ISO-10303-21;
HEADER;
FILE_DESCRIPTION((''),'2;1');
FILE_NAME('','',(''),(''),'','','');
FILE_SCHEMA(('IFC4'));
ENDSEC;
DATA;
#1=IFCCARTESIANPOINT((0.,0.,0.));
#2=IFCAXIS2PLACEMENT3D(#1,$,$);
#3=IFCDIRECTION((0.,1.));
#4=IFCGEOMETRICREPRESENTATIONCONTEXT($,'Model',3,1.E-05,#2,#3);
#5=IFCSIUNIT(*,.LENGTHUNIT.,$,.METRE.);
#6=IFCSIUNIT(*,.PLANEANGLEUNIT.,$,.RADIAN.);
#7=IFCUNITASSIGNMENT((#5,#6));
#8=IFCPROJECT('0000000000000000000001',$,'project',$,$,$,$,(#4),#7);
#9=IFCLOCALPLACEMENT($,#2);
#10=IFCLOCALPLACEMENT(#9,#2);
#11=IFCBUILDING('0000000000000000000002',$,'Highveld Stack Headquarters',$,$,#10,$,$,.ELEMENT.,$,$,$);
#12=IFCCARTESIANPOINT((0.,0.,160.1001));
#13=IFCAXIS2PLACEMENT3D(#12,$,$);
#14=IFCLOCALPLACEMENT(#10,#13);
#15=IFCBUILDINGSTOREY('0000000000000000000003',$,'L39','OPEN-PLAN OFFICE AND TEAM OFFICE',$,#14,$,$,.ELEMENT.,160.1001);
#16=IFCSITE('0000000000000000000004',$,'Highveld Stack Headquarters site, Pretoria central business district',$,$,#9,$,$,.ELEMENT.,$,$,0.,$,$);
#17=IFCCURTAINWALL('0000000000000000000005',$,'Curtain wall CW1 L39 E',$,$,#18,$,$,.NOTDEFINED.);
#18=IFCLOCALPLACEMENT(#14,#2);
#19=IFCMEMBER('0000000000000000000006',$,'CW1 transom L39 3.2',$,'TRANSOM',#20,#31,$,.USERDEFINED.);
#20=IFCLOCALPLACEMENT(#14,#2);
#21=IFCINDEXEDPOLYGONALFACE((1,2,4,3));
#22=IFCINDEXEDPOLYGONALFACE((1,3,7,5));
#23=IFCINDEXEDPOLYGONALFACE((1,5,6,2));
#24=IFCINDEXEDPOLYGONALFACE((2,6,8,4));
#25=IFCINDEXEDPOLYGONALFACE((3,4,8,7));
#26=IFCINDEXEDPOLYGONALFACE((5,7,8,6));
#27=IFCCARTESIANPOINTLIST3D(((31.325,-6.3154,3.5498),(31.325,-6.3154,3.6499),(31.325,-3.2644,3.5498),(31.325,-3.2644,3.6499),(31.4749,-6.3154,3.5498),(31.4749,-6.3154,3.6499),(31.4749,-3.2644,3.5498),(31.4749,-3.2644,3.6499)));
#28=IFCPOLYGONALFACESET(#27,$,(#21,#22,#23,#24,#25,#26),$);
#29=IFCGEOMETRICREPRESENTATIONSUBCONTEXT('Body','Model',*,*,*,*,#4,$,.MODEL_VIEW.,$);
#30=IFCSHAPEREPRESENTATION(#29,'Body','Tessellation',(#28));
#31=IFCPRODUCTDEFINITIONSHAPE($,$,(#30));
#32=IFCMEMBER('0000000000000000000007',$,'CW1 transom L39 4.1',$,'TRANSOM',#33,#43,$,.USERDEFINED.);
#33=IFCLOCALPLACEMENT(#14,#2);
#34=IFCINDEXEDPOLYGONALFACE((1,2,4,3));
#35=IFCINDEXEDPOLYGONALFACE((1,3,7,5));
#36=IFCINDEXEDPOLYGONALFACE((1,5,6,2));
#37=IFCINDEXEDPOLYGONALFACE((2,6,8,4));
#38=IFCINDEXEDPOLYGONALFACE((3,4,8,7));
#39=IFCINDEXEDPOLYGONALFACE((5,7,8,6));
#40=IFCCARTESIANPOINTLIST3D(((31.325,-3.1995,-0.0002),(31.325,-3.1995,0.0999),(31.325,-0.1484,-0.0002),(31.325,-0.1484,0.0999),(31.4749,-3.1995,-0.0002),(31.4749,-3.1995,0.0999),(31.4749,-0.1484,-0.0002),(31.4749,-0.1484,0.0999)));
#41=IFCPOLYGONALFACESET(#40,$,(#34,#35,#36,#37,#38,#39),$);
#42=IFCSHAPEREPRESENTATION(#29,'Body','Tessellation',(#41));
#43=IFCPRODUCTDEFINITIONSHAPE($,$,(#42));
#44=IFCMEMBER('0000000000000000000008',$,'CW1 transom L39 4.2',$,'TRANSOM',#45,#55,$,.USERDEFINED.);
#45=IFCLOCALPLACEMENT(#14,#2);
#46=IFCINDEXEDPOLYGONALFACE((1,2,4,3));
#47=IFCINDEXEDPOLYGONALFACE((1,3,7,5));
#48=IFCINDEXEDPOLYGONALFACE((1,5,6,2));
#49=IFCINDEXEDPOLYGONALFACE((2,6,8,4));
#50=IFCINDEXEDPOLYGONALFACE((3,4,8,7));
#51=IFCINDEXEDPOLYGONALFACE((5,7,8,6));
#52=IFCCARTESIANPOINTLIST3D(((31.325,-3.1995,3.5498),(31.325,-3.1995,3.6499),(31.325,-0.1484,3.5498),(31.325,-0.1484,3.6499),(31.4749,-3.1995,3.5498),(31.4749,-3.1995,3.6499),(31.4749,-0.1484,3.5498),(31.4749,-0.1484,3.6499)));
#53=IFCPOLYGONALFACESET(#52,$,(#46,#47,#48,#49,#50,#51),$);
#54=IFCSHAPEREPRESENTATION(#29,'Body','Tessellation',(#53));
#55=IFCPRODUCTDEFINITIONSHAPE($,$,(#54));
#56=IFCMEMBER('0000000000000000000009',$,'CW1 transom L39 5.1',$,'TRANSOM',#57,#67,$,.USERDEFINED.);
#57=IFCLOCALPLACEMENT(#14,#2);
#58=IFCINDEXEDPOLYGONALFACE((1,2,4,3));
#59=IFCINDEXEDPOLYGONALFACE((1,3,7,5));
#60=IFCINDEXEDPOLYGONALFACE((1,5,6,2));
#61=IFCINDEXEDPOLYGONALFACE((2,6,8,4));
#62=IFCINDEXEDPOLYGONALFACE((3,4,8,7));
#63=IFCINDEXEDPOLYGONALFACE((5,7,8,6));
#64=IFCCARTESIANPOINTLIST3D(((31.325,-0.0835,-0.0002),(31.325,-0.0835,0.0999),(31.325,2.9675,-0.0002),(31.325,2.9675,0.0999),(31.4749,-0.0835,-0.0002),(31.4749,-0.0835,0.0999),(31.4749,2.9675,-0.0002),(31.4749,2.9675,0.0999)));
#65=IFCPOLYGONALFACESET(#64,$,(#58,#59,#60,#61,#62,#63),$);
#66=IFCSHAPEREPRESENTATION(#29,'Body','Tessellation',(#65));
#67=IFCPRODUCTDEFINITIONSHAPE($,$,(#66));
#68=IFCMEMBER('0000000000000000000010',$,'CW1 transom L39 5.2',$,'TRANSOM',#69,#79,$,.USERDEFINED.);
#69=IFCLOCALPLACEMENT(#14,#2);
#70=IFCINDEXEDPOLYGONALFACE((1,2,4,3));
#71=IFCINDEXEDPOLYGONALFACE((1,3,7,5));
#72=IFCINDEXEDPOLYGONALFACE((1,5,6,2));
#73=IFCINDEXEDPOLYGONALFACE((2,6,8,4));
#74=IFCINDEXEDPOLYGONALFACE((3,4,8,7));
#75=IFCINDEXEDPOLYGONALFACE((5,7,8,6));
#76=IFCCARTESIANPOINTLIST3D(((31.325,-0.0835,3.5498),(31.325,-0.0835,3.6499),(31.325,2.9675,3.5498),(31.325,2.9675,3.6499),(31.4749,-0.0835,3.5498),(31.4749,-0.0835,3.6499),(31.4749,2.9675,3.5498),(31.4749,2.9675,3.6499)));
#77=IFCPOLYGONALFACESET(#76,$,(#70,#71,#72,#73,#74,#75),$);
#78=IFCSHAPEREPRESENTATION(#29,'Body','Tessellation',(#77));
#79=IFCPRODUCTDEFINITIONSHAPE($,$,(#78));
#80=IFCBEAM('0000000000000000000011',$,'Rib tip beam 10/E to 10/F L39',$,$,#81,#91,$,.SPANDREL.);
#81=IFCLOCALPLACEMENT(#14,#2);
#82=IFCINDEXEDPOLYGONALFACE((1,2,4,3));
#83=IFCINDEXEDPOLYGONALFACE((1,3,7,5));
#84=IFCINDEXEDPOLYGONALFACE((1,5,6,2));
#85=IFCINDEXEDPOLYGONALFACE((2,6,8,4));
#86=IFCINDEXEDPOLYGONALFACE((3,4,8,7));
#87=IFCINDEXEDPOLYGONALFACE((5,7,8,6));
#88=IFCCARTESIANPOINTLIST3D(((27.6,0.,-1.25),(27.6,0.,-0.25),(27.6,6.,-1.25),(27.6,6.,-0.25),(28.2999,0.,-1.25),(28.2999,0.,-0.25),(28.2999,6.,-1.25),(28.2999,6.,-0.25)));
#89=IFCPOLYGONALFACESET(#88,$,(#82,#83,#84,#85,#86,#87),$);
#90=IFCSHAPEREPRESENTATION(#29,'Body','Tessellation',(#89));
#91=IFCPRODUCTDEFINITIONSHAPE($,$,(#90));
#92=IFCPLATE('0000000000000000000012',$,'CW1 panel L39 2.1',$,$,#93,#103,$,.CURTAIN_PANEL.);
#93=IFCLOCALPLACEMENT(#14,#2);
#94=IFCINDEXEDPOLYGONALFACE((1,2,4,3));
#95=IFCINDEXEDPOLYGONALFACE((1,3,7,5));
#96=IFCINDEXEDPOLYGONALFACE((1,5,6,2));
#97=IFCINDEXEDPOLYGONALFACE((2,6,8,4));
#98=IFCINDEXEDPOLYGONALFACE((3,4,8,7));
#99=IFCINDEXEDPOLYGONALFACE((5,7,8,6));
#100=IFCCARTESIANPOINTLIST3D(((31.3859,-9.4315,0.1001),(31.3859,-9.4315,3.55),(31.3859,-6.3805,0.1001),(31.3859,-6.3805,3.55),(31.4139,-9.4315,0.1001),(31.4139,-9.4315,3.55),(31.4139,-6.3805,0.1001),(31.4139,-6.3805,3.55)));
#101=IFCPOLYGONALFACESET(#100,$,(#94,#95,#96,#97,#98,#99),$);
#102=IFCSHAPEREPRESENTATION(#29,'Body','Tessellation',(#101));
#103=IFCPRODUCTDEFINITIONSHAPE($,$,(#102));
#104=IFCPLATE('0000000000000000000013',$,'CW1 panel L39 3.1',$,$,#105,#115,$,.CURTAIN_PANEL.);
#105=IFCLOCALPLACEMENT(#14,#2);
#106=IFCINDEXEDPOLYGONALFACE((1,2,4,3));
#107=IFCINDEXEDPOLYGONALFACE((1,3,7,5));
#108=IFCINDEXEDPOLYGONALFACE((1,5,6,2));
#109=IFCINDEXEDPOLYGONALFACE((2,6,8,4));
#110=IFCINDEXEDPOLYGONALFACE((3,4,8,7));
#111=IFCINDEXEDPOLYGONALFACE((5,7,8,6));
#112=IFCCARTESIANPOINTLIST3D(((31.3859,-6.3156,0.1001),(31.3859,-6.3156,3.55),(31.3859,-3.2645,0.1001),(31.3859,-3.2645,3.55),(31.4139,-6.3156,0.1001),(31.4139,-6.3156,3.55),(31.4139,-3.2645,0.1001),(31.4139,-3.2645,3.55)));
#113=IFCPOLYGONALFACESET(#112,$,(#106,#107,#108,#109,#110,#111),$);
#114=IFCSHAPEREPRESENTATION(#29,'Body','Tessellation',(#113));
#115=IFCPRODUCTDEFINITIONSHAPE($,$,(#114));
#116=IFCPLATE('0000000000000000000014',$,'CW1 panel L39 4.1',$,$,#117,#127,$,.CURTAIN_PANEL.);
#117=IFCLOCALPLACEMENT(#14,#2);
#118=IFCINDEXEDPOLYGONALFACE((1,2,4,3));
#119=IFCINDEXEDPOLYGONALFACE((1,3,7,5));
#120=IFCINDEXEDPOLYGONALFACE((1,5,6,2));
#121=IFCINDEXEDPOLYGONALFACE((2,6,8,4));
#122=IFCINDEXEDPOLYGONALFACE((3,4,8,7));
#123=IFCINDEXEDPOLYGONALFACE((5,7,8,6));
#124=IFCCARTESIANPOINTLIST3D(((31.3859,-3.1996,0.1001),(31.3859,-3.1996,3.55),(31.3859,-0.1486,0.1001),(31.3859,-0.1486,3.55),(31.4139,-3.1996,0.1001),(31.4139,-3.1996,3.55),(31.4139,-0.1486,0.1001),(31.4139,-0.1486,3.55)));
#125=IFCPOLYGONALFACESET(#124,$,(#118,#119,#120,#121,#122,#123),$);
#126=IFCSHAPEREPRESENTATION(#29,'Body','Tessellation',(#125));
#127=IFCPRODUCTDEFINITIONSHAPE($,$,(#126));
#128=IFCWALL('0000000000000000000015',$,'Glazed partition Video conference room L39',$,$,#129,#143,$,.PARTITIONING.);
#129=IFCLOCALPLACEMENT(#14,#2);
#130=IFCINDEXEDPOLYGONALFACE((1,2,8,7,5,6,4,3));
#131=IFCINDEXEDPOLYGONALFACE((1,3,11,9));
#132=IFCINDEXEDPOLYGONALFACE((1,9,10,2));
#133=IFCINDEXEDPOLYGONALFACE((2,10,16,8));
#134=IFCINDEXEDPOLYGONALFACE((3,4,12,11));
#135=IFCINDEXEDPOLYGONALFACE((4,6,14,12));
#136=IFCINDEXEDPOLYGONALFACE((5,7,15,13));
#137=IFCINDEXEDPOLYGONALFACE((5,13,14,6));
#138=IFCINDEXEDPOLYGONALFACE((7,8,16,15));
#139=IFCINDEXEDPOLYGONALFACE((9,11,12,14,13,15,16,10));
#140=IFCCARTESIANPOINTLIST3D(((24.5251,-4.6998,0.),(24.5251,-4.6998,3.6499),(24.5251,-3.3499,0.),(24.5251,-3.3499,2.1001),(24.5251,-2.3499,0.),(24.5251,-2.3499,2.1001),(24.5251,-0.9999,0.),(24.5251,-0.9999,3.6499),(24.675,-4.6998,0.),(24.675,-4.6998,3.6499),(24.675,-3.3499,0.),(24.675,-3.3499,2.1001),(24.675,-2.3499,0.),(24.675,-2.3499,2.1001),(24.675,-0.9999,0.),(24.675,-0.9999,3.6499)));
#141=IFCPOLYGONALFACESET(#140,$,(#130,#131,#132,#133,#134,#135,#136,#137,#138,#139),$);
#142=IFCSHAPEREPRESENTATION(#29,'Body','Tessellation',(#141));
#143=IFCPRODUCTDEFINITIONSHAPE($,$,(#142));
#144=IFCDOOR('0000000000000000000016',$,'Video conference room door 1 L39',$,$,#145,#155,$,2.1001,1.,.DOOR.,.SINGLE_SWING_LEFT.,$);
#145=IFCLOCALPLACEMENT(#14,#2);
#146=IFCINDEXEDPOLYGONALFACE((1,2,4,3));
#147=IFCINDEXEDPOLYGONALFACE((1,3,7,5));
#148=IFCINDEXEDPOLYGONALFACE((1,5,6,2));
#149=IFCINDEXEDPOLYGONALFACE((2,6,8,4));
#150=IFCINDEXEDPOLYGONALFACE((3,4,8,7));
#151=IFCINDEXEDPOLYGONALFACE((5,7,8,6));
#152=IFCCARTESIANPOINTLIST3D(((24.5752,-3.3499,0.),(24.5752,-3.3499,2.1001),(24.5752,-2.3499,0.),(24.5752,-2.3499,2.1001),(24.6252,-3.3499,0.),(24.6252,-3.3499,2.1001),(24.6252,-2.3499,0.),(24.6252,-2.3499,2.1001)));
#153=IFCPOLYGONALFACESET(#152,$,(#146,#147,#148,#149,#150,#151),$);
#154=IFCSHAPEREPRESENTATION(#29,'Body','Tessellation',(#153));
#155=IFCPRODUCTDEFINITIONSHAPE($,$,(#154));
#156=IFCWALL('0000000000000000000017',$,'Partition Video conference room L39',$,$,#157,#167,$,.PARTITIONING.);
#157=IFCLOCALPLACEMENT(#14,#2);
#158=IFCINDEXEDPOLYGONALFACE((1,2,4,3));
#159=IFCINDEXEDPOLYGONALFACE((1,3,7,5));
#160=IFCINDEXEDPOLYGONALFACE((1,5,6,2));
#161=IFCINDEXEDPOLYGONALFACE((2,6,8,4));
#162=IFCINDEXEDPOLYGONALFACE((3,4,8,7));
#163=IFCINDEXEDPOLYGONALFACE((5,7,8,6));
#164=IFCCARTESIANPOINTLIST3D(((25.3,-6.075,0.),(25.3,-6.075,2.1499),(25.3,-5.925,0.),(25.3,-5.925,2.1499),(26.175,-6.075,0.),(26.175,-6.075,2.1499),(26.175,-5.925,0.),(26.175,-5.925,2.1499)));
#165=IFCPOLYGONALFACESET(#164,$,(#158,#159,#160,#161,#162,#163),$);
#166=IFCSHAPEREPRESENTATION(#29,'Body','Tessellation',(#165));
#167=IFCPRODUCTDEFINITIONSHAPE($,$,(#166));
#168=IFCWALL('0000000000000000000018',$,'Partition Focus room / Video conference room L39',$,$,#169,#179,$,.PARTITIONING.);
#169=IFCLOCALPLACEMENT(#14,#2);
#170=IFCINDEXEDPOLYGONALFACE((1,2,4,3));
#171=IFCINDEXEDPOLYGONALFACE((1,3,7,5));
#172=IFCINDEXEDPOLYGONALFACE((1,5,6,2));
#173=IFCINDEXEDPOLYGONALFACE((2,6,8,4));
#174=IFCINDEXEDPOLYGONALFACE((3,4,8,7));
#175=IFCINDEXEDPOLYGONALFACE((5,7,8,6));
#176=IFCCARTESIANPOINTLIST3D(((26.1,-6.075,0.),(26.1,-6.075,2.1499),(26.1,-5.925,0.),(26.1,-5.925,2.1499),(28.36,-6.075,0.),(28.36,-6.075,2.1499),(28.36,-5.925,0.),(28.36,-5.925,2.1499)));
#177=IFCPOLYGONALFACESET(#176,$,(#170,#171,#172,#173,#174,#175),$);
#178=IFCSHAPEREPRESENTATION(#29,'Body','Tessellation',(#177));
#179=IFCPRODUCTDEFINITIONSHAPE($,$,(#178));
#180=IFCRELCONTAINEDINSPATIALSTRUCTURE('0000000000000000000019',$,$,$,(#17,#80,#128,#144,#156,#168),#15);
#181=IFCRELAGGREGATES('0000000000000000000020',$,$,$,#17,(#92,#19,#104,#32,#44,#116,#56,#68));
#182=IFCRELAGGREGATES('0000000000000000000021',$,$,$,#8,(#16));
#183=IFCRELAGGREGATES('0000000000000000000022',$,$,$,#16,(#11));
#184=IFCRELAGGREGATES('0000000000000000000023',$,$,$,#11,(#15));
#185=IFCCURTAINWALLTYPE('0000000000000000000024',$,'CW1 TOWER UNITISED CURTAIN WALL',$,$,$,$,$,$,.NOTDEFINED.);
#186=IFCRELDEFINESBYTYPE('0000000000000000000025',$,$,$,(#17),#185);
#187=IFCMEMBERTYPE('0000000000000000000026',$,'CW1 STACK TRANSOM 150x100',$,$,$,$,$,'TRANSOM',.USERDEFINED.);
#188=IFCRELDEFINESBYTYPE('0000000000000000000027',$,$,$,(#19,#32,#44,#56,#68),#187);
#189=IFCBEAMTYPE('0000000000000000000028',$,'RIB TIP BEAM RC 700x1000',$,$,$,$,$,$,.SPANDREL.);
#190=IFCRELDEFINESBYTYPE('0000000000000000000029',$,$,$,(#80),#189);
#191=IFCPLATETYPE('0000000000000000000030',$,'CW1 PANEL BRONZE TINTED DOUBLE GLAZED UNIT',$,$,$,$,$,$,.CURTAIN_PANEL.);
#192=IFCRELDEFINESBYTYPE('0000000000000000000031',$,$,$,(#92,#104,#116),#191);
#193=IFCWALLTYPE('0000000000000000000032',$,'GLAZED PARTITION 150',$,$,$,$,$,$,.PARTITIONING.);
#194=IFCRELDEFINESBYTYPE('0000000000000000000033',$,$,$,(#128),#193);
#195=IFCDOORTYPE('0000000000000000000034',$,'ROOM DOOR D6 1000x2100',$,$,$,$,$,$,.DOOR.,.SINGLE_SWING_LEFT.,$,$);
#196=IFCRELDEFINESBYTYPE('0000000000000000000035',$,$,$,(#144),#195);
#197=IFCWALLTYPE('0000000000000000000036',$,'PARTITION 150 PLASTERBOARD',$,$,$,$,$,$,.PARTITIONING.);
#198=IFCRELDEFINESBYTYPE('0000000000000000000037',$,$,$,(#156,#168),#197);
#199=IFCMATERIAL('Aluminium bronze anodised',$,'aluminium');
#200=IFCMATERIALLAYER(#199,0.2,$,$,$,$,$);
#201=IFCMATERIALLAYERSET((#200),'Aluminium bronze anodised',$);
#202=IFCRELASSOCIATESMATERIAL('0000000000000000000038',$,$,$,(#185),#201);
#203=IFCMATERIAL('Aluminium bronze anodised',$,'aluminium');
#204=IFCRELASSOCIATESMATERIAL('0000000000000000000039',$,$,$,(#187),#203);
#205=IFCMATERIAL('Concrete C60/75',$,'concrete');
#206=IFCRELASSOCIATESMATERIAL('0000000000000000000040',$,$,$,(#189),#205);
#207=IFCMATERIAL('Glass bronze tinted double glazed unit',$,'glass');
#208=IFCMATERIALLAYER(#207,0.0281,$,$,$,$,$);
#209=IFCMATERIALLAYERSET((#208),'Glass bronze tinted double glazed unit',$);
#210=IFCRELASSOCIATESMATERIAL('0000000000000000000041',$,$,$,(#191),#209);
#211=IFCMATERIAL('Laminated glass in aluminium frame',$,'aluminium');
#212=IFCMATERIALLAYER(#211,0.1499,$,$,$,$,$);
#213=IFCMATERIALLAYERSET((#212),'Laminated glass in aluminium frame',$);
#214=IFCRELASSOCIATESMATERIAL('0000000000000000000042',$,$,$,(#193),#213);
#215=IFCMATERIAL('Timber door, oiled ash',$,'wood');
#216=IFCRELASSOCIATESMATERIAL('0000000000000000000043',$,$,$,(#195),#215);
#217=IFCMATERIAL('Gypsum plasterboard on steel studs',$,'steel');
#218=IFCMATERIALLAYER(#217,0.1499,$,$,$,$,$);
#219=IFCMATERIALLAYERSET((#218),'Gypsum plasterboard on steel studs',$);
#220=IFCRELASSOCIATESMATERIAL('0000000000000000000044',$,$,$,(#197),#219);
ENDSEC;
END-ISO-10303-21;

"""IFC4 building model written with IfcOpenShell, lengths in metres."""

from ifc_helpers import new_model, si_unit, direction, frame, frame_2d, origin, origin_2d, place, context, subcontext, project, spatial, rectangle, extrude, material, layer, layer_set, material_profile, profile_set, type_object, element, fill, aggregate, save


model = new_model("IFC4")

# Units and contexts
model_context = context("Model", 3, precision=1e-05, world=origin(), true_north=direction((0.0, 1.0)))
body_context = subcontext(model_context, "Body", "Model", "MODEL_VIEW")
ifc_project = project(units=[si_unit("LENGTHUNIT", "METRE"), si_unit("PLANEANGLEUNIT", "RADIAN")], contexts=[model_context])

# Site, building, storey
site_placement = place(None, origin())
site = spatial("IfcSite", under=ifc_project, at=site_placement, Name="Highveld Stack Headquarters site, Pretoria central business district", CompositionType="ELEMENT", RefElevation=0.0)
building_placement = place(site_placement, origin())
building = spatial("IfcBuilding", under=site, at=building_placement, Name="Highveld Stack Headquarters", CompositionType="ELEMENT")
storey_placement = place(building_placement, frame((0.0, 0.0, 160.1001)))
storey = spatial("IfcBuildingStorey", under=building, at=storey_placement, Name="L39", Description="OPEN-PLAN OFFICE AND TEAM OFFICE", CompositionType="ELEMENT", Elevation=160.1001)

# Curtain wall, members
ifc_material_1 = material(Name="Aluminium bronze anodised", Category="aluminium")
ifc_layer_1 = layer(ifc_material_1, 0.2)
ifc_layer_set_1 = layer_set([ifc_layer_1], Name="Aluminium bronze anodised")
curtain_wall_type = type_object("IfcCurtainWallType", Name="CW1 TOWER UNITISED CURTAIN WALL", PredefinedType="NOTDEFINED", material=ifc_layer_set_1)
curtain_wall_placement = place(storey_placement, origin())
curtain_wall = element("IfcCurtainWall", 1, at=curtain_wall_placement, inside=storey, type_object=curtain_wall_type, Name="Curtain wall CW1 L39 E", PredefinedType="NOTDEFINED")
ifc_material_2 = material(Name="Aluminium bronze anodised", Category="aluminium")
ifc_material_profile_1 = material_profile(ifc_material_2, rectangle(XDim=0.1499, YDim=0.1001, at=origin_2d()), Name="CW1 TRANSOM 150x100")
ifc_profile_set_1 = profile_set([ifc_material_profile_1], Name="Aluminium bronze anodised")
member_type_1 = type_object("IfcMemberType", Name="CW1 STACK TRANSOM 150x100", ElementType="TRANSOM", PredefinedType="USERDEFINED", material=ifc_profile_set_1)
member_1_placement = place(storey_placement, frame((31.3999, -6.3154, 3.5999), z_axis=(0.0, 1.0, 0.0), x_axis=(-1.0, 0.0, 0.0)))
member_1 = element("IfcMember", 2, at=member_1_placement, type_object=member_type_1, Name="CW1 transom L39 3.2", ObjectType="TRANSOM", PredefinedType="USERDEFINED", context=body_context, shape_type="SweptSolid", body=[
    extrude(rectangle(XDim=0.1499, YDim=0.1001, at=origin_2d()), origin(), (0.0, 0.0, 1.0), 3.051),
])
member_2_placement = place(storey_placement, frame((31.3999, -3.1995, 0.0498), z_axis=(0.0, 1.0, 0.0), x_axis=(-1.0, 0.0, 0.0)))
member_2 = element("IfcMember", 3, at=member_2_placement, type_object=member_type_1, Name="CW1 transom L39 4.1", ObjectType="TRANSOM", PredefinedType="USERDEFINED", context=body_context, shape_type="SweptSolid", body=[
    extrude(rectangle(XDim=0.1499, YDim=0.1001, at=origin_2d()), origin(), (0.0, 0.0, 1.0), 3.051),
])
member_3_placement = place(storey_placement, frame((31.3999, -3.1995, 3.5999), z_axis=(0.0, 1.0, 0.0), x_axis=(-1.0, 0.0, 0.0)))
member_3 = element("IfcMember", 4, at=member_3_placement, type_object=member_type_1, Name="CW1 transom L39 4.2", ObjectType="TRANSOM", PredefinedType="USERDEFINED", context=body_context, shape_type="SweptSolid", body=[
    extrude(rectangle(XDim=0.1499, YDim=0.1001, at=origin_2d()), origin(), (0.0, 0.0, 1.0), 3.051),
])
member_4_placement = place(storey_placement, frame((31.3999, -0.0835, 0.0498), z_axis=(0.0, 1.0, 0.0), x_axis=(-1.0, 0.0, 0.0)))
member_4 = element("IfcMember", 5, at=member_4_placement, type_object=member_type_1, Name="CW1 transom L39 5.1", ObjectType="TRANSOM", PredefinedType="USERDEFINED", context=body_context, shape_type="SweptSolid", body=[
    extrude(rectangle(XDim=0.1499, YDim=0.1001, at=origin_2d()), origin(), (0.0, 0.0, 1.0), 3.051),
])
member_5_placement = place(storey_placement, frame((31.3999, -0.0835, 3.5999), z_axis=(0.0, 1.0, 0.0), x_axis=(-1.0, 0.0, 0.0)))
member_5 = element("IfcMember", 6, at=member_5_placement, type_object=member_type_1, Name="CW1 transom L39 5.2", ObjectType="TRANSOM", PredefinedType="USERDEFINED", context=body_context, shape_type="SweptSolid", body=[
    extrude(rectangle(XDim=0.1499, YDim=0.1001, at=origin_2d()), origin(), (0.0, 0.0, 1.0), 3.051),
])

# Beam
ifc_material_3 = material(Name="Concrete C60/75", Category="concrete")
ifc_material_profile_2 = material_profile(ifc_material_3, rectangle(XDim=0.7, YDim=1.0, at=origin_2d()), Name="RC 700x1000")
ifc_profile_set_2 = profile_set([ifc_material_profile_2], Name="Concrete C60/75")
beam_type_1 = type_object("IfcBeamType", Name="RIB TIP BEAM RC 700x1000", PredefinedType="SPANDREL", material=ifc_profile_set_2)
beam_1_placement = place(storey_placement, frame((27.95, 0.0, -0.75), z_axis=(0.0, 1.0, 0.0), x_axis=(-1.0, 0.0, 0.0)))
element("IfcBeam", 7, at=beam_1_placement, inside=storey, type_object=beam_type_1, Name="Rib tip beam 10/E to 10/F L39", PredefinedType="SPANDREL", context=body_context, shape_type="SweptSolid", body=[
    extrude(rectangle(XDim=0.7, YDim=1.0, at=origin_2d()), origin(), (0.0, 0.0, 1.0), 6.0),
])

# Plates
ifc_material_4 = material(Name="Glass bronze tinted double glazed unit", Category="glass")
ifc_layer_2 = layer(ifc_material_4, 0.0281)
ifc_layer_set_2 = layer_set([ifc_layer_2], Name="Glass bronze tinted double glazed unit")
plate_type = type_object("IfcPlateType", Name="CW1 PANEL BRONZE TINTED DOUBLE GLAZED UNIT", PredefinedType="CURTAIN_PANEL", material=ifc_layer_set_2)
plate_1_placement = place(storey_placement, frame((31.3999, -7.906, 0.1001), z_axis=(0.0, 0.0, 1.0), x_axis=(0.0, 1.0, 0.0)))
plate_1 = element("IfcPlate", 8, at=plate_1_placement, type_object=plate_type, Name="CW1 panel L39 2.1", PredefinedType="CURTAIN_PANEL", context=body_context, shape_type="SweptSolid", body=[
    extrude(rectangle(XDim=3.051, YDim=0.0281, at=origin_2d()), origin(), (0.0, 0.0, 1.0), 3.45),
])
plate_2_placement = place(storey_placement, frame((31.3999, -4.79, 0.1001), z_axis=(0.0, 0.0, 1.0), x_axis=(0.0, 1.0, 0.0)))
plate_2 = element("IfcPlate", 9, at=plate_2_placement, type_object=plate_type, Name="CW1 panel L39 3.1", PredefinedType="CURTAIN_PANEL", context=body_context, shape_type="SweptSolid", body=[
    extrude(rectangle(XDim=3.051, YDim=0.0281, at=origin_2d()), origin(), (0.0, 0.0, 1.0), 3.45),
])
plate_3_placement = place(storey_placement, frame((31.3999, -1.6741, 0.1001), z_axis=(0.0, 0.0, 1.0), x_axis=(0.0, 1.0, 0.0)))
plate_3 = element("IfcPlate", 10, at=plate_3_placement, type_object=plate_type, Name="CW1 panel L39 4.1", PredefinedType="CURTAIN_PANEL", context=body_context, shape_type="SweptSolid", body=[
    extrude(rectangle(XDim=3.051, YDim=0.0281, at=origin_2d()), origin(), (0.0, 0.0, 1.0), 3.45),
])
aggregate(curtain_wall, [plate_1, member_1, plate_2, member_2, member_3, plate_3, member_4, member_5])

# Wall, opening, door
ifc_material_5 = material(Name="Laminated glass in aluminium frame", Category="aluminium")
ifc_layer_3 = layer(ifc_material_5, 0.1499)
ifc_layer_set_3 = layer_set([ifc_layer_3], Name="Laminated glass in aluminium frame")
wall_type_1 = type_object("IfcWallType", Name="GLAZED PARTITION 150", PredefinedType="PARTITIONING", material=ifc_layer_set_3)
wall_1_placement = place(storey_placement, frame((24.6001, -4.7, 0.0), z_axis=(0.0, 0.0, 1.0), x_axis=(0.0, 1.0, 0.0)))
wall_1 = element("IfcWall", 11, at=wall_1_placement, inside=storey, type_object=wall_type_1, Name="Glazed partition Video conference room L39", PredefinedType="PARTITIONING", context=body_context, shape_type="SweptSolid", body=[
    extrude(rectangle(XDim=3.7, YDim=0.1499, at=frame_2d((1.8501, 0.0))), origin(), (0.0, 0.0, 1.0), 3.6499),
])
opening_placement = place(wall_1_placement, frame((1.3501, 0.0, 0.0)))
opening = element("IfcOpeningElement", 12, at=opening_placement, cuts=wall_1, PredefinedType="OPENING", context=body_context, shape_type="SweptSolid", body=[
    extrude(rectangle(XDim=1.0, YDim=2.1001, at=frame_2d((0.5, 1.05))), frame((0.0, 0.085, 0.0), z_axis=(0.0, -1.0, 0.0), x_axis=(1.0, 0.0, 0.0)), (0.0, 0.0, 1.0), 0.1699),
])
ifc_material_6 = material(Name="Timber door, oiled ash", Category="wood")
door_type = type_object("IfcDoorType", Name="ROOM DOOR D6 1000x2100", OperationType="SINGLE_SWING_LEFT", PredefinedType="DOOR", material=ifc_material_6)
door_placement = place(opening_placement, origin())
door = element("IfcDoor", 13, at=door_placement, inside=storey, type_object=door_type, Name="Video conference room door 1 L39", OperationType="SINGLE_SWING_LEFT", OverallHeight=2.1001, OverallWidth=1.0, PredefinedType="DOOR", context=body_context, shape_type="SweptSolid", body=[
    extrude(rectangle(XDim=1.0, YDim=2.1001, at=frame_2d((0.5, 1.05))), frame((0.0, 0.0249, 0.0), z_axis=(0.0, -1.0, 0.0), x_axis=(1.0, 0.0, 0.0)), (0.0, 0.0, 1.0), 0.05),
])
fill(opening, door)

# Walls
ifc_material_7 = material(Name="Gypsum plasterboard on steel studs", Category="steel")
ifc_layer_4 = layer(ifc_material_7, 0.1499)
ifc_layer_set_4 = layer_set([ifc_layer_4], Name="Gypsum plasterboard on steel studs")
wall_type_2 = type_object("IfcWallType", Name="PARTITION 150 PLASTERBOARD", PredefinedType="PARTITIONING", material=ifc_layer_set_4)
wall_2_placement = place(storey_placement, frame((25.3, -6.0, 0.0), z_axis=(0.0, 0.0, 1.0), x_axis=(1.0, 0.0, 0.0)))
element("IfcWall", 14, at=wall_2_placement, inside=storey, type_object=wall_type_2, Name="Partition Video conference room L39", PredefinedType="PARTITIONING", context=body_context, shape_type="SweptSolid", body=[
    extrude(rectangle(XDim=0.875, YDim=0.1499, at=frame_2d((0.4375, 0.0))), origin(), (0.0, 0.0, 1.0), 2.1499),
])
wall_3_placement = place(storey_placement, frame((26.1001, -6.0, 0.0), z_axis=(0.0, 0.0, 1.0), x_axis=(1.0, 0.0, 0.0)))
element("IfcWall", 15, at=wall_3_placement, inside=storey, type_object=wall_type_2, Name="Partition Focus room / Video conference room L39", PredefinedType="PARTITIONING", context=body_context, shape_type="SweptSolid", body=[
    extrude(rectangle(XDim=2.26, YDim=0.1499, at=frame_2d((1.1299, 0.0))), origin(), (0.0, 0.0, 1.0), 2.1499),
])

save(model, "model.ifc")
